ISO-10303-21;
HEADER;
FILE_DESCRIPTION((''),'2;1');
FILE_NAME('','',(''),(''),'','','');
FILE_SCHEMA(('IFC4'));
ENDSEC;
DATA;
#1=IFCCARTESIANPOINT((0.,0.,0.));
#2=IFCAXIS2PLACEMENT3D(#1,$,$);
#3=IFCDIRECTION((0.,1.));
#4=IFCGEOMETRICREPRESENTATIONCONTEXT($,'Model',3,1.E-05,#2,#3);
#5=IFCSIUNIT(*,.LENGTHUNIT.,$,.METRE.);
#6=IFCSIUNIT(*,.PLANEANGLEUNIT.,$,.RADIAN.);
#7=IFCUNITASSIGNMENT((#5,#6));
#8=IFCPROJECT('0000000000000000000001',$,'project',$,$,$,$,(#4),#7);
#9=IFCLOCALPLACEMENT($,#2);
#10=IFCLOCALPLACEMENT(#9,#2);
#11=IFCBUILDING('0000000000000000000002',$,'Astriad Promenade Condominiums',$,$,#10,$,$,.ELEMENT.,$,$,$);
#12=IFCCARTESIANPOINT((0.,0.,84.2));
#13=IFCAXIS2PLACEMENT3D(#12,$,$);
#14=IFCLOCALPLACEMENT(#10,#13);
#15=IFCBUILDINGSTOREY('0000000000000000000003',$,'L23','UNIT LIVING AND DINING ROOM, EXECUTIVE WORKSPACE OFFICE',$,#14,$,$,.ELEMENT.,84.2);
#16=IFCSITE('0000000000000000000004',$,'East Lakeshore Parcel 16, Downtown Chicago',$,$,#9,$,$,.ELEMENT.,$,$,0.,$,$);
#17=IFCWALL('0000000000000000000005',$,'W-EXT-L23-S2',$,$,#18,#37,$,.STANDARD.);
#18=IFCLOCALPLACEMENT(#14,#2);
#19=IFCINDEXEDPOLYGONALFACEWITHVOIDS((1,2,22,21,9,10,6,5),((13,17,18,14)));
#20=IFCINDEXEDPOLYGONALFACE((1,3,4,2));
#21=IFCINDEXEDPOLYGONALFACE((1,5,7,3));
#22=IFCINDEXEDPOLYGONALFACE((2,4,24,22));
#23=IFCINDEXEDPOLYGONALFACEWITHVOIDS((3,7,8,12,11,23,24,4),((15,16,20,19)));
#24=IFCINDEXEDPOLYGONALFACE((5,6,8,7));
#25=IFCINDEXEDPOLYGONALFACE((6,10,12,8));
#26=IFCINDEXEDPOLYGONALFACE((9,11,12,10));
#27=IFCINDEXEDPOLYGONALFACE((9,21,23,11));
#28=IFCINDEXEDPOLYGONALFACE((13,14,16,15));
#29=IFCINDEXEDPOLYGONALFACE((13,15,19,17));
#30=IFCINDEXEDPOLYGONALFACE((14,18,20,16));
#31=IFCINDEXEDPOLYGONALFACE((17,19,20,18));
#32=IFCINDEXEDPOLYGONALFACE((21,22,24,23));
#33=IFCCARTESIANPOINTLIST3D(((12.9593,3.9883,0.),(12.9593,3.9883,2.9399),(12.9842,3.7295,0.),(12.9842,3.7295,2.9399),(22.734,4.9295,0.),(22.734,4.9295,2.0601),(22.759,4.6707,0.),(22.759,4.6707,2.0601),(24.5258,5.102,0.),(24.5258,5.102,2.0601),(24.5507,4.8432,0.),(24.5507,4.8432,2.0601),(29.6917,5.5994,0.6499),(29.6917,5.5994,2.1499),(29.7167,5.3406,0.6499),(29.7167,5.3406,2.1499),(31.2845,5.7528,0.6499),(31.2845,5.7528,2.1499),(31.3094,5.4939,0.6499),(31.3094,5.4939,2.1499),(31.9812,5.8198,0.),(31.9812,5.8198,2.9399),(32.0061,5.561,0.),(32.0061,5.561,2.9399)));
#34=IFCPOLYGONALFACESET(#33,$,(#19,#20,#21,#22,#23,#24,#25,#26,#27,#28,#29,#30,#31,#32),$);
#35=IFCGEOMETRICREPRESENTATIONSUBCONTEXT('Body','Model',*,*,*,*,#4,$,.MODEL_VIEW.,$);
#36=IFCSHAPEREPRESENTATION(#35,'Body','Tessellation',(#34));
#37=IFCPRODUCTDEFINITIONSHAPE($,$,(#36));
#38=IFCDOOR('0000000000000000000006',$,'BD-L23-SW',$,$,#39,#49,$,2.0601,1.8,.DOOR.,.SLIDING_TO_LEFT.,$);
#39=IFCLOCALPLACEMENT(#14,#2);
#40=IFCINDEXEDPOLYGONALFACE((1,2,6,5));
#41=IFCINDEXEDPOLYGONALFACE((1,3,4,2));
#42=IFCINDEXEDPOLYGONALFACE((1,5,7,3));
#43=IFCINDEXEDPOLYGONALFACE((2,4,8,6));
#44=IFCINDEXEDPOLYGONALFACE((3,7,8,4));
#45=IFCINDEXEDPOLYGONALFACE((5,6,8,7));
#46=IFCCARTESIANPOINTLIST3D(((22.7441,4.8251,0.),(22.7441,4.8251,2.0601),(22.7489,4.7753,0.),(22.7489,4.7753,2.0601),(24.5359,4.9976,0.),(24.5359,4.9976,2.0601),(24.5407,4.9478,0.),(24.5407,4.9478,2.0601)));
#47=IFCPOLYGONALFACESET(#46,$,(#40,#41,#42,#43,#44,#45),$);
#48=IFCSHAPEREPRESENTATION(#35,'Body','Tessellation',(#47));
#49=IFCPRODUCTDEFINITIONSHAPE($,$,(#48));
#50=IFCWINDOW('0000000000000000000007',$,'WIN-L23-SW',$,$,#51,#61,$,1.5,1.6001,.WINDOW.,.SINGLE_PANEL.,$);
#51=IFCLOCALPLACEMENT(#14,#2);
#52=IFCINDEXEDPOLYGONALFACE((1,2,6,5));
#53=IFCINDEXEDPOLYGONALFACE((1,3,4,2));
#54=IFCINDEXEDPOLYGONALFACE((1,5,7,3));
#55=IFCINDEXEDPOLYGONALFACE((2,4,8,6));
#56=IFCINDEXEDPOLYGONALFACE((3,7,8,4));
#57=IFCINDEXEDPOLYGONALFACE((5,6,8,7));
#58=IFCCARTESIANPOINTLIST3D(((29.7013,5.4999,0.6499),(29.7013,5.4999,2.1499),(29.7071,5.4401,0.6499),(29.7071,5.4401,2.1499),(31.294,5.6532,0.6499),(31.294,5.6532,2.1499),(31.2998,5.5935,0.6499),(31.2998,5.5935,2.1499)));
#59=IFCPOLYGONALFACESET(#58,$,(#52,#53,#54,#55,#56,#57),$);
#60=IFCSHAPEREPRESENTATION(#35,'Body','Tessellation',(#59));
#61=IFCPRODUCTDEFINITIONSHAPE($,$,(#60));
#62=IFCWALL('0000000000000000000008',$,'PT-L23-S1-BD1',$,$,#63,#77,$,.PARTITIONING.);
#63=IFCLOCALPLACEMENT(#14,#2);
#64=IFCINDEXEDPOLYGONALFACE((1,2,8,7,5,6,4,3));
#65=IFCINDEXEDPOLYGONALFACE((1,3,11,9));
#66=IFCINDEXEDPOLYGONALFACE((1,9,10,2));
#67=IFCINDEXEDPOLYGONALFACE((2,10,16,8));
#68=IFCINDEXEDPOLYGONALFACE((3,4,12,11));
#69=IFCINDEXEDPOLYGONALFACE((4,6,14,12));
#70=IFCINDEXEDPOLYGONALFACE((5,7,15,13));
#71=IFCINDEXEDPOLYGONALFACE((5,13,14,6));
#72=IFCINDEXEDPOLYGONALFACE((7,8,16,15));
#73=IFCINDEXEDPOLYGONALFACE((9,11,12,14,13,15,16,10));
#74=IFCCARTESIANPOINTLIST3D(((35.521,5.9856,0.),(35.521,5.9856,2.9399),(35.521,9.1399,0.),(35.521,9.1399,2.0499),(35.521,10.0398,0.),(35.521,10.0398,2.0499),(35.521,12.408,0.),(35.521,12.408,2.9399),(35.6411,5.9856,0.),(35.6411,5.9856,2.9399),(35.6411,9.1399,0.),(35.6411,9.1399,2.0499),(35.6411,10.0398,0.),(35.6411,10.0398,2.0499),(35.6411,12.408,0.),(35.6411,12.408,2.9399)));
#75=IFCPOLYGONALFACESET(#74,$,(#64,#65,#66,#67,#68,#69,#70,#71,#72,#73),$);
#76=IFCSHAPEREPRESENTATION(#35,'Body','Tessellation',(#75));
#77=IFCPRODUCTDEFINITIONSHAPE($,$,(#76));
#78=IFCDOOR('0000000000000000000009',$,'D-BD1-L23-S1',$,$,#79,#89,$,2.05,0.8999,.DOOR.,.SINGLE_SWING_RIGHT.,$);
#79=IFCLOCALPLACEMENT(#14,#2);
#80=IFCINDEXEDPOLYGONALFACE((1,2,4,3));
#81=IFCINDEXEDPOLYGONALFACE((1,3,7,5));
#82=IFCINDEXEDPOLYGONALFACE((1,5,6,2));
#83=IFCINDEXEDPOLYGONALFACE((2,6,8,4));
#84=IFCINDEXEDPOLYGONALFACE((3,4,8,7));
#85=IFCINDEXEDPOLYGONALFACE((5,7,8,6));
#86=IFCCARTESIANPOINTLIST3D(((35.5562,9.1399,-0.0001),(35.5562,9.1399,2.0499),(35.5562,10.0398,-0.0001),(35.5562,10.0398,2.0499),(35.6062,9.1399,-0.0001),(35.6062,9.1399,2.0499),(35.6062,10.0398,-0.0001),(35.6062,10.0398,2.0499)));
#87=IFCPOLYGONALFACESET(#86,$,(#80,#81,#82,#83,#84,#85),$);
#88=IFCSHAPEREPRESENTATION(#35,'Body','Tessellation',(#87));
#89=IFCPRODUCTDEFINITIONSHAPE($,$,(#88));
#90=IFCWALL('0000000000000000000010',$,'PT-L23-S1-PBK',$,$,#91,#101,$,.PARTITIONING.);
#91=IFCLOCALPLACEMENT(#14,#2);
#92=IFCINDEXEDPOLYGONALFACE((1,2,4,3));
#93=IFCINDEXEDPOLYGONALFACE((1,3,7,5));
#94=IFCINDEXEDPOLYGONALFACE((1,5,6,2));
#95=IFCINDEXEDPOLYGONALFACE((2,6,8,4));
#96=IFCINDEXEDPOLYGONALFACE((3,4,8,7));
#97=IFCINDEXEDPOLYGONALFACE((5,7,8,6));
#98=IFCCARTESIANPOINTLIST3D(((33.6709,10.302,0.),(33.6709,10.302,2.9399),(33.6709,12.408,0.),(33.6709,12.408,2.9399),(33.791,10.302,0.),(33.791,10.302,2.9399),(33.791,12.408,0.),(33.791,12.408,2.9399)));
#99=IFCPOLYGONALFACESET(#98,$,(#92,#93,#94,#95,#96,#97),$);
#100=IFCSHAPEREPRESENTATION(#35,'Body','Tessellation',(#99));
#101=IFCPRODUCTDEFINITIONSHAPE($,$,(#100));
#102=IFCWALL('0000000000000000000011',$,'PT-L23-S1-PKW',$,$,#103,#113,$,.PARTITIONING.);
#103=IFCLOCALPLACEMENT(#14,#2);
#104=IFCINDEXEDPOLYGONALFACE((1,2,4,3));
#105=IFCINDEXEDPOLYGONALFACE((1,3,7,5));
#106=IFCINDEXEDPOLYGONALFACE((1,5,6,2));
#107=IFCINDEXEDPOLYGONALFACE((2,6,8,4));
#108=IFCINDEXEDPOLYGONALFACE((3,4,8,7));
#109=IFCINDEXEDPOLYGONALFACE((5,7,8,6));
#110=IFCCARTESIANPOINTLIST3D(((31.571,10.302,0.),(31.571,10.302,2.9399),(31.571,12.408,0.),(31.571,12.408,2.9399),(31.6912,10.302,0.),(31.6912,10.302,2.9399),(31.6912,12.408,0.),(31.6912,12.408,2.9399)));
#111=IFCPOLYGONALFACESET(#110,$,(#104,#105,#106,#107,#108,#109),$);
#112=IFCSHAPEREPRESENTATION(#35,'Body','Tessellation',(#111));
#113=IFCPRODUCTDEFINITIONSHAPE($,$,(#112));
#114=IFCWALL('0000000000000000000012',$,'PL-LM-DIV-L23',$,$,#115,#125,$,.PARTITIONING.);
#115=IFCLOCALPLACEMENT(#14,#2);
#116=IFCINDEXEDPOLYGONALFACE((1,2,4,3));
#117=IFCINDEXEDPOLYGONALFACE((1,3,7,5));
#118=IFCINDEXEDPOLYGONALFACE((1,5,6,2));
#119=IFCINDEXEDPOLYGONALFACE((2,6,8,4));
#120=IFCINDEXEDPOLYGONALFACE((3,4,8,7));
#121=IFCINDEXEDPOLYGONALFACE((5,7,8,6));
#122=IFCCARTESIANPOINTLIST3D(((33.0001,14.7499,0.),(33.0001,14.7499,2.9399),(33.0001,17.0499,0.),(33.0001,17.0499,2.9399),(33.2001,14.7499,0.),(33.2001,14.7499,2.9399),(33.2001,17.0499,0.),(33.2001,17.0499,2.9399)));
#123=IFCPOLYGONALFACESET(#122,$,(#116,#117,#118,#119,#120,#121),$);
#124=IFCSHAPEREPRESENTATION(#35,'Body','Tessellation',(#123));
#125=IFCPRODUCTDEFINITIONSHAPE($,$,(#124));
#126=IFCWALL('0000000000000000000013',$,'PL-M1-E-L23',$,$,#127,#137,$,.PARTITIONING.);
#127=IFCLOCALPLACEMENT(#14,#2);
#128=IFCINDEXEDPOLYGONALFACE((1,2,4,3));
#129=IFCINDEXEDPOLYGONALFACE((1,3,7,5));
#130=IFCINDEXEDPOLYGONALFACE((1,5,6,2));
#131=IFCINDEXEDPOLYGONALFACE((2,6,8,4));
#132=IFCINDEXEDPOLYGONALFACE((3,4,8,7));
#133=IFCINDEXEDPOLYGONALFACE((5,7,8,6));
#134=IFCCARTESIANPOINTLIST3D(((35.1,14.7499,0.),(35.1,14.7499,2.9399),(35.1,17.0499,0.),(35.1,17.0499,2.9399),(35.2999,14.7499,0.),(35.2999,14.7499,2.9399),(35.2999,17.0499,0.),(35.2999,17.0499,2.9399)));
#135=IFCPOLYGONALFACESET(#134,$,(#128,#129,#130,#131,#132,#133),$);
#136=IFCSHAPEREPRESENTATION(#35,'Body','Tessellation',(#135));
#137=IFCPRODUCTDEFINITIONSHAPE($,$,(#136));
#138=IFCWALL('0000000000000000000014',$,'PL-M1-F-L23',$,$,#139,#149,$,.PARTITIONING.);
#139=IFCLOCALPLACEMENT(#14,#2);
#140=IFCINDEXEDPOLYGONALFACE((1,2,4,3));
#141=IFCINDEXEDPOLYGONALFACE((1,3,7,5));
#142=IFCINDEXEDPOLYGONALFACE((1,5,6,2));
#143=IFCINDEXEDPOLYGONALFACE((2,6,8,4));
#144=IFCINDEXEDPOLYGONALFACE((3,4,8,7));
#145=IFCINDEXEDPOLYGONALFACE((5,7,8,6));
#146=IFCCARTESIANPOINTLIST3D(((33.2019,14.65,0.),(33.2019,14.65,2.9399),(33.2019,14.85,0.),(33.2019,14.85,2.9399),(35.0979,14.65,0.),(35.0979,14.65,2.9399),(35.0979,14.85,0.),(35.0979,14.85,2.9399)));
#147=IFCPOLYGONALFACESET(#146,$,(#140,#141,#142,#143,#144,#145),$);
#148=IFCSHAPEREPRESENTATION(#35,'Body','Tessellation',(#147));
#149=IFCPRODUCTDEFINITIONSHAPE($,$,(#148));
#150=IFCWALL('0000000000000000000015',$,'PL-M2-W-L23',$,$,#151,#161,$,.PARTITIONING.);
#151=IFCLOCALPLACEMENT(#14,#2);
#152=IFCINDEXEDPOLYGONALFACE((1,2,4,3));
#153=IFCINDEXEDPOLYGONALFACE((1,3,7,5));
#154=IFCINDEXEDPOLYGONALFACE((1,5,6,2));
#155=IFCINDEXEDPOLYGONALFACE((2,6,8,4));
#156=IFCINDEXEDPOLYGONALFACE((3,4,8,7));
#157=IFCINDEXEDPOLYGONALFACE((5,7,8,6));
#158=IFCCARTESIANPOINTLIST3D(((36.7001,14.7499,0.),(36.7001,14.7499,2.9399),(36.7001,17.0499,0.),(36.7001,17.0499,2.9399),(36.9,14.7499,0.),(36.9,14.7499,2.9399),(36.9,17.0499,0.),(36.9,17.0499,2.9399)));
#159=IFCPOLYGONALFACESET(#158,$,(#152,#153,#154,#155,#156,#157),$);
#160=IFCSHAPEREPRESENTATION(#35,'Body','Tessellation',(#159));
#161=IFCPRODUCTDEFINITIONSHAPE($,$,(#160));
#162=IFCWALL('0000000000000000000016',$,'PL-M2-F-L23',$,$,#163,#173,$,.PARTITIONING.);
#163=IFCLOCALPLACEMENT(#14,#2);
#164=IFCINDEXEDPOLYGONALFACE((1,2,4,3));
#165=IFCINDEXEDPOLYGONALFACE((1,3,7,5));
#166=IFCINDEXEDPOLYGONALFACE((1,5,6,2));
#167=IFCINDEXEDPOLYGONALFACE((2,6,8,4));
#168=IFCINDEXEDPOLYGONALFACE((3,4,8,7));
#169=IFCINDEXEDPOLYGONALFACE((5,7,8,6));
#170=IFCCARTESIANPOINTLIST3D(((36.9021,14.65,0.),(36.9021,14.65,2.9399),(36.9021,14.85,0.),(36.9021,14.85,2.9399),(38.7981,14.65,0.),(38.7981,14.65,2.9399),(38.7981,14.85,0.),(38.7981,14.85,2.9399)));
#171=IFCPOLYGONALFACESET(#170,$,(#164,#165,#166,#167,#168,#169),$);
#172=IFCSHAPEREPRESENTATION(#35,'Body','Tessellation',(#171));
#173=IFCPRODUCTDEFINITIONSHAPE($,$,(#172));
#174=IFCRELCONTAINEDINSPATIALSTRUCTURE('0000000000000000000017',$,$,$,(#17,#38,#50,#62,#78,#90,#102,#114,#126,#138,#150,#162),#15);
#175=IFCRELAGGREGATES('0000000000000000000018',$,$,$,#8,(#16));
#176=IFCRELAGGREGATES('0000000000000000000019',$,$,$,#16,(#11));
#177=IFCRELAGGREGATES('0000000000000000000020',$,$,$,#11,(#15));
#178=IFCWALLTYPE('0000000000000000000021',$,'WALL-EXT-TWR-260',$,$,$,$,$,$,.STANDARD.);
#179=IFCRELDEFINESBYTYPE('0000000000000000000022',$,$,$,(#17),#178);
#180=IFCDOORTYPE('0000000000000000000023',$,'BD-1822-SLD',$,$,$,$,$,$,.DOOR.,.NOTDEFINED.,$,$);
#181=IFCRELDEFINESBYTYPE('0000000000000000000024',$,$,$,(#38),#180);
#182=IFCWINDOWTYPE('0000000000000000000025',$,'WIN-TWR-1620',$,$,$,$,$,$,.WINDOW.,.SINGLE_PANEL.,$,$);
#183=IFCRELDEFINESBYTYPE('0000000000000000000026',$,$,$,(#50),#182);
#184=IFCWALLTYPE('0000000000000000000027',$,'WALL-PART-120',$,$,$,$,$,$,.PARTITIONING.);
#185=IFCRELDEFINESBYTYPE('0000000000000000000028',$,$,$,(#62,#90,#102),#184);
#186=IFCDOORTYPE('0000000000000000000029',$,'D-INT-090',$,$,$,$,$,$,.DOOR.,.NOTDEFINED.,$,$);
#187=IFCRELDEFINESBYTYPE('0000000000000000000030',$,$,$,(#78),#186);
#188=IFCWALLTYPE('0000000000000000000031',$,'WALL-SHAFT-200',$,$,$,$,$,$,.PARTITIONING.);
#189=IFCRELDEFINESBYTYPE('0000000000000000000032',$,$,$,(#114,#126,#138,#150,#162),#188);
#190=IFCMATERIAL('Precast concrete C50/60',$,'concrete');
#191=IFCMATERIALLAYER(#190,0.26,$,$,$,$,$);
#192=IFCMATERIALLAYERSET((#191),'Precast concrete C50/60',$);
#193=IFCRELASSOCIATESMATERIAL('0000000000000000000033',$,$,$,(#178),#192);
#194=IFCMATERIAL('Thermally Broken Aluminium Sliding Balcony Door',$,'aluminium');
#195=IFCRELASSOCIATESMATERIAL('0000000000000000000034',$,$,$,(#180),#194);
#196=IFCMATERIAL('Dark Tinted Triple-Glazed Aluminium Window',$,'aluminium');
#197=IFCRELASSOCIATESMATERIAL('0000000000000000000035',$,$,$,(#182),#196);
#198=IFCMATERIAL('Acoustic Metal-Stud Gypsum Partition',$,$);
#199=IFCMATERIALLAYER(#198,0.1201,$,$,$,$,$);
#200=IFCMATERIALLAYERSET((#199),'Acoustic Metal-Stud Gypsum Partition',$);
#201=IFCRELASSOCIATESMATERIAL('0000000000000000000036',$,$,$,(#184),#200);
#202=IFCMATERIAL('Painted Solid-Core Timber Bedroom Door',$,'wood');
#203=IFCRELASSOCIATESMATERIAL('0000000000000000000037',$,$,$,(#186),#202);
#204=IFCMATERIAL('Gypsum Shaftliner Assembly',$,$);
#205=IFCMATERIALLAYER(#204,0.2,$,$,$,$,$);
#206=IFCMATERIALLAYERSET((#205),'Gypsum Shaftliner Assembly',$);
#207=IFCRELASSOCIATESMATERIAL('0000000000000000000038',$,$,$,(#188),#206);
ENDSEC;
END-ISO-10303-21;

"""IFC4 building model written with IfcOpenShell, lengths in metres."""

from ifc_helpers import new_model, si_unit, direction, frame, frame_2d, origin, place, context, subcontext, project, spatial, rectangle, extrude, source, transform, mapped, material, layer, layer_set, type_object, type_shapes, element, fill, save


model = new_model("IFC4")

# Units and contexts
model_context = context("Model", 3, precision=1e-05, world=origin(), true_north=direction((0.0, 1.0)))
body_context = subcontext(model_context, "Body", "Model", "MODEL_VIEW")
ifc_project = project(units=[si_unit("LENGTHUNIT", "METRE"), si_unit("PLANEANGLEUNIT", "RADIAN")], contexts=[model_context])

# Site, building, storey
site_placement = place(None, origin())
site = spatial("IfcSite", under=ifc_project, at=site_placement, Name="East Lakeshore Parcel 16, Downtown Chicago", CompositionType="ELEMENT", RefElevation=0.0)
building_placement = place(site_placement, origin())
building = spatial("IfcBuilding", under=site, at=building_placement, Name="Astriad Promenade Condominiums", CompositionType="ELEMENT")
storey_placement = place(building_placement, frame((0.0, 0.0, 84.2)))
storey = spatial("IfcBuildingStorey", under=building, at=storey_placement, Name="L23", Description="UNIT LIVING AND DINING ROOM, EXECUTIVE WORKSPACE OFFICE", CompositionType="ELEMENT", Elevation=84.2)

# Wall, openings, door, window
ifc_material_1 = material(Name="Precast concrete C50/60", Category="concrete")
ifc_layer_1 = layer(ifc_material_1, 0.26)
ifc_layer_set_1 = layer_set([ifc_layer_1], Name="Precast concrete C50/60")
wall_type_1 = type_object("IfcWallType", Name="WALL-EXT-TWR-260", PredefinedType="STANDARD", material=ifc_layer_set_1)
wall_1_placement = place(storey_placement, frame((31.9937, 5.6904, 0.0), z_axis=(0.0, 0.0, 1.0), x_axis=(-0.995397, -0.095842, 0.0)))
wall_1 = element("IfcWall", 1, at=wall_1_placement, inside=storey, type_object=wall_type_1, Name="W-EXT-L23-S2", PredefinedType="STANDARD", context=body_context, shape_type="SweptSolid", body=[
    extrude(rectangle(XDim=19.1099, YDim=0.26, at=frame_2d((9.5549, 0.0))), origin(), (0.0, 0.0, 1.0), 2.9399),
])
opening_1_placement = place(wall_1_placement, frame((7.49, 0.0, 0.0)))
opening_1 = element("IfcOpeningElement", 2, at=opening_1_placement, cuts=wall_1, PredefinedType="OPENING", context=body_context, shape_type="SweptSolid", body=[
    extrude(rectangle(XDim=1.8, YDim=2.0601, at=frame_2d((0.8999, 1.03))), frame((0.0, 0.1399, 0.0), z_axis=(0.0, -1.0, 0.0), x_axis=(1.0, 0.0, 0.0)), (0.0, 0.0, 1.0), 0.28),
])
opening_2_placement = place(wall_1_placement, frame((0.7, 0.0, 0.6499)))
opening_2 = element("IfcOpeningElement", 3, at=opening_2_placement, cuts=wall_1, PredefinedType="OPENING", context=body_context, shape_type="SweptSolid", body=[
    extrude(rectangle(XDim=1.6001, YDim=1.5, at=frame_2d((0.8, 0.75))), frame((0.0, 0.1399, 0.0), z_axis=(0.0, -1.0, 0.0), x_axis=(1.0, 0.0, 0.0)), (0.0, 0.0, 1.0), 0.28),
])
ifc_material_2 = material(Name="Thermally Broken Aluminium Sliding Balcony Door", Category="aluminium")
door_type_1 = type_object("IfcDoorType", Name="BD-1822-SLD", OperationType="NOTDEFINED", PredefinedType="DOOR", material=ifc_material_2)
shared_shape_1 = source(origin(), body_context, "Body", "SweptSolid", [
    extrude(rectangle(XDim=1.8, YDim=2.0601, at=frame_2d((0.8999, 1.03))), frame((0.0, 0.0249, 0.0), z_axis=(0.0, -1.0, 0.0), x_axis=(1.0, 0.0, 0.0)), (0.0, 0.0, 1.0), 0.05),
])
type_shapes(door_type_1, [shared_shape_1])
door_1_placement = place(opening_1_placement, origin())
door_1 = element("IfcDoor", 4, at=door_1_placement, inside=storey, type_object=door_type_1, Name="BD-L23-SW", OperationType="SLIDING_TO_LEFT", OverallHeight=2.0601, OverallWidth=1.8, PredefinedType="DOOR", context=body_context, shape_type="MappedRepresentation", body=[
    mapped(shared_shape_1, transform((0.0, 0.0, 0.0), scale=1.0)),
])
fill(opening_1, door_1)
ifc_material_3 = material(Name="Dark Tinted Triple-Glazed Aluminium Window", Category="aluminium")
window_type = type_object("IfcWindowType", Name="WIN-TWR-1620", PartitioningType="SINGLE_PANEL", PredefinedType="WINDOW", material=ifc_material_3)
shared_shape_2 = source(origin(), body_context, "Body", "SweptSolid", [
    extrude(rectangle(XDim=1.6001, YDim=1.5, at=frame_2d((0.8, 0.75))), frame((0.0, 0.03, 0.0), z_axis=(0.0, -1.0, 0.0), x_axis=(1.0, 0.0, 0.0)), (0.0, 0.0, 1.0), 0.0601),
])
type_shapes(window_type, [shared_shape_2])
window_placement = place(opening_2_placement, origin())
window = element("IfcWindow", 5, at=window_placement, inside=storey, type_object=window_type, Name="WIN-L23-SW", OverallHeight=1.5, OverallWidth=1.6001, PartitioningType="SINGLE_PANEL", PredefinedType="WINDOW", context=body_context, shape_type="MappedRepresentation", body=[
    mapped(shared_shape_2, transform((0.0, 0.0, 0.0), scale=1.0)),
])
fill(opening_2, window)

# Wall, opening, door
ifc_material_4 = material(Name="Acoustic Metal-Stud Gypsum Partition")
ifc_layer_2 = layer(ifc_material_4, 0.1201)
ifc_layer_set_2 = layer_set([ifc_layer_2], Name="Acoustic Metal-Stud Gypsum Partition")
wall_type_2 = type_object("IfcWallType", Name="WALL-PART-120", PredefinedType="PARTITIONING", material=ifc_layer_set_2)
wall_2_placement = place(storey_placement, frame((35.5811, 5.9856, 0.0), z_axis=(0.0, 0.0, 1.0), x_axis=(0.0, 1.0, 0.0)))
wall_2 = element("IfcWall", 6, at=wall_2_placement, inside=storey, type_object=wall_type_2, Name="PT-L23-S1-BD1", PredefinedType="PARTITIONING", context=body_context, shape_type="SweptSolid", body=[
    extrude(rectangle(XDim=6.4224, YDim=0.1201, at=frame_2d((3.2112, 0.0))), origin(), (0.0, 0.0, 1.0), 2.9399),
])
opening_3_placement = place(wall_2_placement, frame((3.1543, 0.0, 0.0)))
opening_3 = element("IfcOpeningElement", 7, at=opening_3_placement, cuts=wall_2, PredefinedType="OPENING", context=body_context, shape_type="SweptSolid", body=[
    extrude(rectangle(XDim=0.8999, YDim=2.05, at=frame_2d((0.45, 1.0249))), frame((0.0, 0.0701, 0.0), z_axis=(0.0, -1.0, 0.0), x_axis=(1.0, 0.0, 0.0)), (0.0, 0.0, 1.0), 0.1401),
])
ifc_material_5 = material(Name="Painted Solid-Core Timber Bedroom Door", Category="wood")
door_type_2 = type_object("IfcDoorType", Name="D-INT-090", OperationType="NOTDEFINED", PredefinedType="DOOR", material=ifc_material_5)
shared_shape_3 = source(origin(), body_context, "Body", "SweptSolid", [
    extrude(rectangle(XDim=0.8999, YDim=2.05, at=frame_2d((0.45, 1.0249))), frame((0.0, 0.0249, 0.0), z_axis=(0.0, -1.0, 0.0), x_axis=(1.0, 0.0, 0.0)), (0.0, 0.0, 1.0), 0.05),
])
type_shapes(door_type_2, [shared_shape_3])
door_2_placement = place(opening_3_placement, origin())
door_2 = element("IfcDoor", 8, at=door_2_placement, inside=storey, type_object=door_type_2, Name="D-BD1-L23-S1", OperationType="SINGLE_SWING_RIGHT", OverallHeight=2.05, OverallWidth=0.8999, PredefinedType="DOOR", context=body_context, shape_type="MappedRepresentation", body=[
    mapped(shared_shape_3, transform((0.0, 0.0, 0.0), scale=1.0)),
])
fill(opening_3, door_2)

# Walls
for number, where, z_axis, x_axis, name in (
    (9, (33.731, 10.302, 0.0), (0.0, 0.0, 1.0), (0.0, 1.0, 0.0), "PT-L23-S1-PBK"),
    (10, (31.6311, 10.302, 0.0), (0.0, 0.0, 1.0), (0.0, 1.0, 0.0), "PT-L23-S1-PKW"),
):
    element("IfcWall", number, at=place(storey_placement, frame(where, z_axis=z_axis, x_axis=x_axis)), inside=storey, type_object=wall_type_2, Name=name, PredefinedType="PARTITIONING", context=body_context, shape_type="SweptSolid", body=[
        extrude(rectangle(XDim=2.106, YDim=0.1201, at=frame_2d((1.053, 0.0))), origin(), (0.0, 0.0, 1.0), 2.9399),
    ])
ifc_material_6 = material(Name="Gypsum Shaftliner Assembly")
ifc_layer_3 = layer(ifc_material_6, 0.2)
ifc_layer_set_3 = layer_set([ifc_layer_3], Name="Gypsum Shaftliner Assembly")
wall_type_3 = type_object("IfcWallType", Name="WALL-SHAFT-200", PredefinedType="PARTITIONING", material=ifc_layer_set_3)
for number, where, z_axis, x_axis, name in (
    (11, (33.1001, 14.75, 0.0), (0.0, 0.0, 1.0), (0.0, 1.0, 0.0), "PL-LM-DIV-L23"),
    (12, (35.2, 14.75, 0.0), (0.0, 0.0, 1.0), (0.0, 1.0, 0.0), "PL-M1-E-L23"),
):
    element("IfcWall", number, at=place(storey_placement, frame(where, z_axis=z_axis, x_axis=x_axis)), inside=storey, type_object=wall_type_3, Name=name, PredefinedType="PARTITIONING", context=body_context, shape_type="SweptSolid", body=[
        extrude(rectangle(XDim=2.3, YDim=0.2, at=frame_2d((1.1499, 0.0))), origin(), (0.0, 0.0, 1.0), 2.9399),
    ])
wall_3_placement = place(storey_placement, frame((33.2019, 14.75, 0.0), z_axis=(0.0, 0.0, 1.0), x_axis=(1.0, 0.0, 0.0)))
element("IfcWall", 13, at=wall_3_placement, inside=storey, type_object=wall_type_3, Name="PL-M1-F-L23", PredefinedType="PARTITIONING", context=body_context, shape_type="SweptSolid", body=[
    extrude(rectangle(XDim=1.896, YDim=0.2, at=frame_2d((0.948, 0.0))), origin(), (0.0, 0.0, 1.0), 2.9399),
])
wall_4_placement = place(storey_placement, frame((36.8, 14.75, 0.0), z_axis=(0.0, 0.0, 1.0), x_axis=(0.0, 1.0, 0.0)))
element("IfcWall", 14, at=wall_4_placement, inside=storey, type_object=wall_type_3, Name="PL-M2-W-L23", PredefinedType="PARTITIONING", context=body_context, shape_type="SweptSolid", body=[
    extrude(rectangle(XDim=2.3, YDim=0.2, at=frame_2d((1.1499, 0.0))), origin(), (0.0, 0.0, 1.0), 2.9399),
])
wall_5_placement = place(storey_placement, frame((36.9021, 14.75, 0.0), z_axis=(0.0, 0.0, 1.0), x_axis=(1.0, 0.0, 0.0)))
element("IfcWall", 15, at=wall_5_placement, inside=storey, type_object=wall_type_3, Name="PL-M2-F-L23", PredefinedType="PARTITIONING", context=body_context, shape_type="SweptSolid", body=[
    extrude(rectangle(XDim=1.896, YDim=0.2, at=frame_2d((0.948, 0.0))), origin(), (0.0, 0.0, 1.0), 2.9399),
])

save(model, "model.ifc")
